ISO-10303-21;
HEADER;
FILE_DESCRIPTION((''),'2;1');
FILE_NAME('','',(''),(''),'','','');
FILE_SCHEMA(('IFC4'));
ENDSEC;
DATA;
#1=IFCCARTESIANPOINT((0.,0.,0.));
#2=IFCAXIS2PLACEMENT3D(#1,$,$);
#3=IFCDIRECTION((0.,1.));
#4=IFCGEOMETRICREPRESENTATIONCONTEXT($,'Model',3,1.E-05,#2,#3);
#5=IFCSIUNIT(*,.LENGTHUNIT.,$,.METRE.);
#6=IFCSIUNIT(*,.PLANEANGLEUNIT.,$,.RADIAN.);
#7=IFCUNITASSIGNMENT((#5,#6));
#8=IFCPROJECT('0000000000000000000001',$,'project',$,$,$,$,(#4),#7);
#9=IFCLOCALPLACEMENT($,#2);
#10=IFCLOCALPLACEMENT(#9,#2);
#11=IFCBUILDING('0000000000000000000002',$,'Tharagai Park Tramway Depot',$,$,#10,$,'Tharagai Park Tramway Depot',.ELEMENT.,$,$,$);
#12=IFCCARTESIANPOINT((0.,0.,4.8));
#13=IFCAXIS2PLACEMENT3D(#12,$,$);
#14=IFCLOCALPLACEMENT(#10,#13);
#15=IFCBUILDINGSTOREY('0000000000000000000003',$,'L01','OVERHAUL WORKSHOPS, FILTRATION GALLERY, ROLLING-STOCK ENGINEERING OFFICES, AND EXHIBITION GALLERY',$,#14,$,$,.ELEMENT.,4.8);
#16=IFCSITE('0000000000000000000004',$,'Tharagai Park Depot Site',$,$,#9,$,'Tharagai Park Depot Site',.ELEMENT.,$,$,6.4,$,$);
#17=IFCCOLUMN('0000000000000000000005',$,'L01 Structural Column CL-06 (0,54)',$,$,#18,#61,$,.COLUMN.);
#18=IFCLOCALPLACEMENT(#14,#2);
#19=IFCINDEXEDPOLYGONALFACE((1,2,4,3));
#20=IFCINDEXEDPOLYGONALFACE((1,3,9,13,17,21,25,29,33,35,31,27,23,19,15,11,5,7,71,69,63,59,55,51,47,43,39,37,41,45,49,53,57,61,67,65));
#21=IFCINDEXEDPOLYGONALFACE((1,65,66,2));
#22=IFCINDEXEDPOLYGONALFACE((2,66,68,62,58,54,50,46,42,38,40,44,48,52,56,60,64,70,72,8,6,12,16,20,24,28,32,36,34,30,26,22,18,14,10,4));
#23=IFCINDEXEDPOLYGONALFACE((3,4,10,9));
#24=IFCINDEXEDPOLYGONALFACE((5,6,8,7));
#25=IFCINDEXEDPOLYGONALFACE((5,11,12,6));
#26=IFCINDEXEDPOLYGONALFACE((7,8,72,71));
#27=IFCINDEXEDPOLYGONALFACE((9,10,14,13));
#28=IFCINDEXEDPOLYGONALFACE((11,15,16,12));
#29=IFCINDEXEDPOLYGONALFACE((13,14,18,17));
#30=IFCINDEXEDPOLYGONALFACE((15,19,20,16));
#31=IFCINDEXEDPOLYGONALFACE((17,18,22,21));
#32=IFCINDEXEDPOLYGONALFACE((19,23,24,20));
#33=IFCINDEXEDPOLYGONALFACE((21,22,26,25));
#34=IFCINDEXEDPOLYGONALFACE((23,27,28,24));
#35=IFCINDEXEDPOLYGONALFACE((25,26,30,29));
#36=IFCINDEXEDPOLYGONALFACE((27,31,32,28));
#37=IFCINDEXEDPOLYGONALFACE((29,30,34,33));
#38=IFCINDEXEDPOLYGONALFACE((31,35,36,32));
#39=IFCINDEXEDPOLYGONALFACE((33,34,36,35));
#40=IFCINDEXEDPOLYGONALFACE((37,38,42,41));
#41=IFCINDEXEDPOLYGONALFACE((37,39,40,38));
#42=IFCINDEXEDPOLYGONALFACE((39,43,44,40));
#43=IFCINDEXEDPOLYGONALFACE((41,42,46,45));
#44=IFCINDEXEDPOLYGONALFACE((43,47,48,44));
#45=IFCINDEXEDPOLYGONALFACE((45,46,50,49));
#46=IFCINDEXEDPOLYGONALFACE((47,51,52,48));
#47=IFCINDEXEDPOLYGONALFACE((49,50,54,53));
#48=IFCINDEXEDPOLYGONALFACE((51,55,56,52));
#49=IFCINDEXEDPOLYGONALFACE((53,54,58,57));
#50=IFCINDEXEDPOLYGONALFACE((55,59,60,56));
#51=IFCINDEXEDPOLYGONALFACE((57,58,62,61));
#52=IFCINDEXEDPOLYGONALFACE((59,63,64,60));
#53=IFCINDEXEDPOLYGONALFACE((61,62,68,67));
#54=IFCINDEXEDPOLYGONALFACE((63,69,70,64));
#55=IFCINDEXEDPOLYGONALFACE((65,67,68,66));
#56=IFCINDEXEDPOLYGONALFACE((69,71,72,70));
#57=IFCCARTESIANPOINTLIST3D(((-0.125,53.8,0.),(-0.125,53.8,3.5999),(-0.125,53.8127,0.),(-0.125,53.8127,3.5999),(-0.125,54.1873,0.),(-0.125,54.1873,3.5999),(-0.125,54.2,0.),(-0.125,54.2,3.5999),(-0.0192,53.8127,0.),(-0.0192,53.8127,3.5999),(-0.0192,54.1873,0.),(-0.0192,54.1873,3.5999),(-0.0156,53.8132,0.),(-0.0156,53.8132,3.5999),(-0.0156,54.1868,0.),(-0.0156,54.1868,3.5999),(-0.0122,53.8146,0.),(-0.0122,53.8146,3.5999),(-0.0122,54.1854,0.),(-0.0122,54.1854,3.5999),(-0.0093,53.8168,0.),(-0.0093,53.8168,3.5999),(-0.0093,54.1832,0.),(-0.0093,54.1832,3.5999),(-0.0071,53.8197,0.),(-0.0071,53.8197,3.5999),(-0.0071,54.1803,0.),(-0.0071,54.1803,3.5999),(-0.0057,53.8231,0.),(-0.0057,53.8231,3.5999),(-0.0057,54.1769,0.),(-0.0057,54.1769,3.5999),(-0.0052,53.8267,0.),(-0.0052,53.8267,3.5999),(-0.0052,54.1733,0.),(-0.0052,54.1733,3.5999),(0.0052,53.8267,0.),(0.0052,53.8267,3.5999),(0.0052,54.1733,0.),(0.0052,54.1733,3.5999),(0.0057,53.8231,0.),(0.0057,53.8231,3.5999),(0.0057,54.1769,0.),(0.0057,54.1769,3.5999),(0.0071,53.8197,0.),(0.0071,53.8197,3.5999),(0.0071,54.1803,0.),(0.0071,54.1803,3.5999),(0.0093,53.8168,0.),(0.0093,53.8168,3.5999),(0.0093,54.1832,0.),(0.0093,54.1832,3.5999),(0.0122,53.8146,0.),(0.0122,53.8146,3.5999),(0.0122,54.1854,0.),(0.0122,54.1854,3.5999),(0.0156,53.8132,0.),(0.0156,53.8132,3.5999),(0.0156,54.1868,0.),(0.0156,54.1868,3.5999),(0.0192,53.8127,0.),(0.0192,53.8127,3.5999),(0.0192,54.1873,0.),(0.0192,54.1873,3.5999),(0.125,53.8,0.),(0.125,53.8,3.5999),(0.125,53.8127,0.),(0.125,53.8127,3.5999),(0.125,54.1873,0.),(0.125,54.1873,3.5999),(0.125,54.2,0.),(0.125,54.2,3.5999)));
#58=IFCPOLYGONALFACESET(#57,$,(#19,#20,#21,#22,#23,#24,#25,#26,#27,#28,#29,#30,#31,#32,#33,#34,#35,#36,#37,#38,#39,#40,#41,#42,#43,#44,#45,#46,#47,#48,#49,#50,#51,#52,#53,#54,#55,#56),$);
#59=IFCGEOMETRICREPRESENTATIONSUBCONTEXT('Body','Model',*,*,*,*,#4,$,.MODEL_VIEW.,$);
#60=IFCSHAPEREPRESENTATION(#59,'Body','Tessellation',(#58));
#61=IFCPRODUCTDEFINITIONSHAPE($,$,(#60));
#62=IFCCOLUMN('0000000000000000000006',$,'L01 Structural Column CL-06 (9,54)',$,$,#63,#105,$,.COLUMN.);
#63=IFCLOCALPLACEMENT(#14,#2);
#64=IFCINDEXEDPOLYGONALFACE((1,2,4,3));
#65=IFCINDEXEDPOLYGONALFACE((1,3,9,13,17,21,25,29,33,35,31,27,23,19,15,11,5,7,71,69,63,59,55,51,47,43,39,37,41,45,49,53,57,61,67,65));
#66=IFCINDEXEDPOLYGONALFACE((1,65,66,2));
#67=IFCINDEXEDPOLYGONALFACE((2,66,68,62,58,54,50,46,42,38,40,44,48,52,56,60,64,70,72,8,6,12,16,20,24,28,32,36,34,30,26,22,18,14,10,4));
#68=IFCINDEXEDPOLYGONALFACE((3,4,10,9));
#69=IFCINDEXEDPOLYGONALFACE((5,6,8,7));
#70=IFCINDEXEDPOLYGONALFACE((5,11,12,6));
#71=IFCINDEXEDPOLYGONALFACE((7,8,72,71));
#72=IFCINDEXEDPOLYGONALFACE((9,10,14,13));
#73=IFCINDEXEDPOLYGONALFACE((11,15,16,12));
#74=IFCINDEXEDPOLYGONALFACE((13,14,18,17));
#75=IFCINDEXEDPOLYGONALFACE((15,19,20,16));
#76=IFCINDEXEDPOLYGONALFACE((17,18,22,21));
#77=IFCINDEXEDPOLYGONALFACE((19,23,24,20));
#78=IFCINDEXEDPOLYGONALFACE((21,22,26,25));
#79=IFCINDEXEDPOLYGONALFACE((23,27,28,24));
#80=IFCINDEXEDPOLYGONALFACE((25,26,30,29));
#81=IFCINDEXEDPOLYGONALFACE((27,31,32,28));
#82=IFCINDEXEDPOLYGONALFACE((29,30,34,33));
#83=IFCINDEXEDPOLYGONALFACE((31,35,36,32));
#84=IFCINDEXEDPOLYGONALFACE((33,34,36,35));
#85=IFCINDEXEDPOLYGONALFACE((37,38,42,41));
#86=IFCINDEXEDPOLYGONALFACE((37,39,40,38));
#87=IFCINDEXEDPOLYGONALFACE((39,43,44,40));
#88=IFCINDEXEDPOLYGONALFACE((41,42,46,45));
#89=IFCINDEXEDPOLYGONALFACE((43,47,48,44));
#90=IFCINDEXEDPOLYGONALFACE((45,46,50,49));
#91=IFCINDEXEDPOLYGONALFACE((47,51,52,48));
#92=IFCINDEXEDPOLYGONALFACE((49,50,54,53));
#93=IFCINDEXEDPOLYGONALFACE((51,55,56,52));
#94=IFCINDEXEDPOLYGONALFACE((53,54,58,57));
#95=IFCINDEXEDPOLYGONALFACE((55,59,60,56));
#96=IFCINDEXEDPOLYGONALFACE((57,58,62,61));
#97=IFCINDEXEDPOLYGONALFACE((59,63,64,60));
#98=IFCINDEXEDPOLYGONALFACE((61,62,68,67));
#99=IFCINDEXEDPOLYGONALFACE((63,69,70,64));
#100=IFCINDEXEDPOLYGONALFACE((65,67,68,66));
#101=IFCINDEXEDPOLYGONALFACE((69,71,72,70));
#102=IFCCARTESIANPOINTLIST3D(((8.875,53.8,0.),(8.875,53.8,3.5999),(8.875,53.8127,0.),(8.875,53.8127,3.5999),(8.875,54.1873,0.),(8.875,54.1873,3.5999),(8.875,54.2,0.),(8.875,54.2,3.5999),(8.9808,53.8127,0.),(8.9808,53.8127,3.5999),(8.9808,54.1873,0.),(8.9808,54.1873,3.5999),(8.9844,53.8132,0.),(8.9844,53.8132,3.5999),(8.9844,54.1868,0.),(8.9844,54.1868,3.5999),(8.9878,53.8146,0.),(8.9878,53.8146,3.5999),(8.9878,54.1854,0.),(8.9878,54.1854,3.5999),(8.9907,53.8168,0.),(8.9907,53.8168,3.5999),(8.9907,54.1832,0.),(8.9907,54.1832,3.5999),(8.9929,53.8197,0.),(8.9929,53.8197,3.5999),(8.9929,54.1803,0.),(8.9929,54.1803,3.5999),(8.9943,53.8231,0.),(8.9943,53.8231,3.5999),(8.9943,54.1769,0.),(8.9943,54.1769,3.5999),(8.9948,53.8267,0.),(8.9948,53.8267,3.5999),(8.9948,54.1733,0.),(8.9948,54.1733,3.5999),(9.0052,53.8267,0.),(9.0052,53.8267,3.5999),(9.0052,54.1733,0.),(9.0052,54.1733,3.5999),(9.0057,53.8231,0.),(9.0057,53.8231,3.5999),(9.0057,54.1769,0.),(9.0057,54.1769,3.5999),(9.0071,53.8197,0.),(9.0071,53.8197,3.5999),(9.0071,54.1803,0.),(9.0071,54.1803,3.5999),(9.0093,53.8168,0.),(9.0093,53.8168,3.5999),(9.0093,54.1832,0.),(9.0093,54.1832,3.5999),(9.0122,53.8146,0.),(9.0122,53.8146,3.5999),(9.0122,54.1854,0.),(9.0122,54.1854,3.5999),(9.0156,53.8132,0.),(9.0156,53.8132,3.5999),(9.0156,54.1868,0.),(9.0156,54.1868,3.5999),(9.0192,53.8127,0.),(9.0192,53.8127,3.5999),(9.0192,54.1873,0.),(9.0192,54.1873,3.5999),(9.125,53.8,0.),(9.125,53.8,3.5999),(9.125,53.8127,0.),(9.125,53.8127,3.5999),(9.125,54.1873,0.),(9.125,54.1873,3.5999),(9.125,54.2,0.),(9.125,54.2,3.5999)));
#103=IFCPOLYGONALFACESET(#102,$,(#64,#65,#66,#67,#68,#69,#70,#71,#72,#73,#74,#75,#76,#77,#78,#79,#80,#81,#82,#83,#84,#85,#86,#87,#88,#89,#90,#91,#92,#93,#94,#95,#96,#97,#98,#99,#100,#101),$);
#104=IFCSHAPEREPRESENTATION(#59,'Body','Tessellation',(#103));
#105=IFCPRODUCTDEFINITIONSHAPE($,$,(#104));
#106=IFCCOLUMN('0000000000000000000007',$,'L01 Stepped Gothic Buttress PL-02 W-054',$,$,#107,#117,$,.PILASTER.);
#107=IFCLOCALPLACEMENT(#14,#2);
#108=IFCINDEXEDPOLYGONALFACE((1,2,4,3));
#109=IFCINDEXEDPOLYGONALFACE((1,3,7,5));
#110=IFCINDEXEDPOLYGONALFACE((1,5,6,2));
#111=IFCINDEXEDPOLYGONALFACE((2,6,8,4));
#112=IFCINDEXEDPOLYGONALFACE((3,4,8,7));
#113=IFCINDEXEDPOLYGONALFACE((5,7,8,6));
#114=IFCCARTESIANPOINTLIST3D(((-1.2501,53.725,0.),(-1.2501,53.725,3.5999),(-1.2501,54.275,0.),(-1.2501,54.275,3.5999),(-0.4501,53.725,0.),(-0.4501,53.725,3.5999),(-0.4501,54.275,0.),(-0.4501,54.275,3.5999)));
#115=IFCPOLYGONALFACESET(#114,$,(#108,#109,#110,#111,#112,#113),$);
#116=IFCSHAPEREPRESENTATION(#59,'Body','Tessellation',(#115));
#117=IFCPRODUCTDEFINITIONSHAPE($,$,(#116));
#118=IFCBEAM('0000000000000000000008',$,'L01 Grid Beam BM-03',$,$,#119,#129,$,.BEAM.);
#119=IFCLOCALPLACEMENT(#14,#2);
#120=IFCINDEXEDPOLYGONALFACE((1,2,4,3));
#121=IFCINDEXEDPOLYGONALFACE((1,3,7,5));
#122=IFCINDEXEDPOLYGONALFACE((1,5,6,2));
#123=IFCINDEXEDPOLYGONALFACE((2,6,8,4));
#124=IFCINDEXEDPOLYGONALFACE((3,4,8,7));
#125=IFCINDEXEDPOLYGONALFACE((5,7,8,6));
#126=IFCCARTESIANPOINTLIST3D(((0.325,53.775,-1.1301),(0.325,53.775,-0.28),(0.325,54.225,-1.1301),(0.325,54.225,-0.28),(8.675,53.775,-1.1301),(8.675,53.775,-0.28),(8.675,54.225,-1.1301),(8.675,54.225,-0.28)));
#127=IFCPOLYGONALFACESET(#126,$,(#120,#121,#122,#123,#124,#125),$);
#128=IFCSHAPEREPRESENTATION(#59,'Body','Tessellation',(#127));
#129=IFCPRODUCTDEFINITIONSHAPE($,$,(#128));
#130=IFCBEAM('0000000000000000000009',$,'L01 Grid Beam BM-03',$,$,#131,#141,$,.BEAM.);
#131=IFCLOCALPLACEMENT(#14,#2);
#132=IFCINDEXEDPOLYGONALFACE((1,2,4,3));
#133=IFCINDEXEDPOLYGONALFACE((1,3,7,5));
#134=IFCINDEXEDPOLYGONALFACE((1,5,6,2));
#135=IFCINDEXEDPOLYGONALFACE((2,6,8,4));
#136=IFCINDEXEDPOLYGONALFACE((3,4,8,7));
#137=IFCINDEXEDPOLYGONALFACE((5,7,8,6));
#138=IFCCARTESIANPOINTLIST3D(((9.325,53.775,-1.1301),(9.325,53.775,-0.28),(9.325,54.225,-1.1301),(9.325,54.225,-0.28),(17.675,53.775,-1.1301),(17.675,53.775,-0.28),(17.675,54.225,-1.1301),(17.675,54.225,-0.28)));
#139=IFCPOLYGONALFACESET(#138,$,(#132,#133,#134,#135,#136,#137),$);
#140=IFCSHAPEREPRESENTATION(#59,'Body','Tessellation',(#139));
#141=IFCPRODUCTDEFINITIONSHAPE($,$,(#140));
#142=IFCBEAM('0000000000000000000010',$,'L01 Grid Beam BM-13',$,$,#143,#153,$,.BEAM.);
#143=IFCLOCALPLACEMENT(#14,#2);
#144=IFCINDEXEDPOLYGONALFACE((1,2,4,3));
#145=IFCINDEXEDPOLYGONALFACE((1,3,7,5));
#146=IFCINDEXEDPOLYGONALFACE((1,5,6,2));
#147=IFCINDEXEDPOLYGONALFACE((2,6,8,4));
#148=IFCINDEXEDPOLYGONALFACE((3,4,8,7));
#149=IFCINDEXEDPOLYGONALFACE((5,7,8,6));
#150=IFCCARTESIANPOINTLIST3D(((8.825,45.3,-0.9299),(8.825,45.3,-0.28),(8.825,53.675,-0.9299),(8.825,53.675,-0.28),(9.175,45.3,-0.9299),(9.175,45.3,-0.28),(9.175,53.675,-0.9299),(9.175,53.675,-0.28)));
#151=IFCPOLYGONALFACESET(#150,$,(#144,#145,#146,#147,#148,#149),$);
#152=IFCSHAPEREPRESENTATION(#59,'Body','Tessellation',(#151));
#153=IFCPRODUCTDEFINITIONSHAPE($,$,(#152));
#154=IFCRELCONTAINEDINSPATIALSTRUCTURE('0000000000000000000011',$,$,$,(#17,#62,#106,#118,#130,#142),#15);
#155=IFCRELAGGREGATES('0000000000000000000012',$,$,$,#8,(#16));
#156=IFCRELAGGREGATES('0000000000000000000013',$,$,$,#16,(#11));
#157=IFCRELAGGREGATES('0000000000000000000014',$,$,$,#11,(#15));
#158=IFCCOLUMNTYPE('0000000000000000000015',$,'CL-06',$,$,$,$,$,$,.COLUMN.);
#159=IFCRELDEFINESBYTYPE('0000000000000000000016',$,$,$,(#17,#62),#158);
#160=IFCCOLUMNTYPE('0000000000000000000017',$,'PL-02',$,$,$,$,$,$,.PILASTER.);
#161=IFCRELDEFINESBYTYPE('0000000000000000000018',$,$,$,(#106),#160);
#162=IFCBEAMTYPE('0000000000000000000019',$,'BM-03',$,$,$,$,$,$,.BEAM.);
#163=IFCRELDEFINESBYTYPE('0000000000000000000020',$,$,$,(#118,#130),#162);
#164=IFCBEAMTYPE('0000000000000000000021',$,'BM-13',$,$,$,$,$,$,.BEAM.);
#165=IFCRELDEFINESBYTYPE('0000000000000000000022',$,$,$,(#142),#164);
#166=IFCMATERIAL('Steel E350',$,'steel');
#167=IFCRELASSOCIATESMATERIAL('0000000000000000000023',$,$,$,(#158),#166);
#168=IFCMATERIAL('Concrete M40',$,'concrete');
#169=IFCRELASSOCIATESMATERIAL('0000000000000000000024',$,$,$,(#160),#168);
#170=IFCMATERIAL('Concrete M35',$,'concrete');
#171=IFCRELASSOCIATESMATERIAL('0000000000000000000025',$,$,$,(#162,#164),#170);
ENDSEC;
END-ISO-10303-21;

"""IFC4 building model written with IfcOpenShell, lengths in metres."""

from ifc_helpers import new_model, si_unit, direction, frame, origin, origin_2d, place, context, subcontext, project, spatial, rectangle, i_section, extrude, material, material_profile, profile_set, type_object, element, save


model = new_model("IFC4")

# Units and contexts
model_context = context("Model", 3, precision=1e-05, world=origin(), true_north=direction((0.0, 1.0)))
body_context = subcontext(model_context, "Body", "Model", "MODEL_VIEW")
ifc_project = project(units=[si_unit("LENGTHUNIT", "METRE"), si_unit("PLANEANGLEUNIT", "RADIAN")], contexts=[model_context])

# Site, building, storey
site_placement = place(None, origin())
site = spatial("IfcSite", under=ifc_project, at=site_placement, Name="Tharagai Park Depot Site", LongName="Tharagai Park Depot Site", CompositionType="ELEMENT", RefElevation=6.4)
building_placement = place(site_placement, origin())
building = spatial("IfcBuilding", under=site, at=building_placement, Name="Tharagai Park Tramway Depot", LongName="Tharagai Park Tramway Depot", CompositionType="ELEMENT")
storey_placement = place(building_placement, frame((0.0, 0.0, 4.8)))
storey = spatial("IfcBuildingStorey", under=building, at=storey_placement, Name="L01", Description="OVERHAUL WORKSHOPS, FILTRATION GALLERY, ROLLING-STOCK ENGINEERING OFFICES, AND EXHIBITION GALLERY", CompositionType="ELEMENT", Elevation=4.8)

# Columns
ifc_material_1 = material(Name="Steel E350", Category="steel")
ifc_material_profile_1 = material_profile(ifc_material_1, i_section(OverallWidth=0.25, OverallDepth=0.3999, WebThickness=0.0105, FlangeThickness=0.0127, FilletRadius=0.0139, at=origin_2d()), Name="ISHB 400")
ifc_profile_set_1 = profile_set([ifc_material_profile_1], Name="Steel E350")
column_type_1 = type_object("IfcColumnType", Name="CL-06", PredefinedType="COLUMN", material=ifc_profile_set_1)
for number, where, z_axis, x_axis, name in (
    (1, (0.0, 54.0, 0.0), (0.0, 0.0, 1.0), (1.0, 0.0, 0.0), "L01 Structural Column CL-06 (0,54)"),
    (2, (9.0, 54.0, 0.0), (0.0, 0.0, 1.0), (1.0, 0.0, 0.0), "L01 Structural Column CL-06 (9,54)"),
):
    element("IfcColumn", number, at=place(storey_placement, frame(where, z_axis=z_axis, x_axis=x_axis)), inside=storey, type_object=column_type_1, Name=name, PredefinedType="COLUMN", context=body_context, shape_type="SweptSolid", body=[
        extrude(i_section(OverallWidth=0.25, OverallDepth=0.3999, WebThickness=0.0105, FlangeThickness=0.0127, FilletRadius=0.0139, at=origin_2d()), origin(), (0.0, 0.0, 1.0), 3.5999),
    ])
ifc_material_2 = material(Name="Concrete M40", Category="concrete")
ifc_material_profile_2 = material_profile(ifc_material_2, rectangle(XDim=0.55, YDim=0.8, at=origin_2d()), Name="RC 550x800")
ifc_profile_set_2 = profile_set([ifc_material_profile_2], Name="Concrete M40")
column_type_2 = type_object("IfcColumnType", Name="PL-02", PredefinedType="PILASTER", material=ifc_profile_set_2)
column_placement = place(storey_placement, frame((-0.8501, 54.0, 0.0), z_axis=(0.0, 0.0, 1.0), x_axis=(0.0, 1.0, 0.0)))
element("IfcColumn", 3, at=column_placement, inside=storey, type_object=column_type_2, Name="L01 Stepped Gothic Buttress PL-02 W-054", PredefinedType="PILASTER", context=body_context, shape_type="SweptSolid", body=[
    extrude(rectangle(XDim=0.55, YDim=0.8, at=origin_2d()), origin(), (0.0, 0.0, 1.0), 3.5999),
])

# Beams
ifc_material_3 = material(Name="Concrete M35", Category="concrete")
ifc_material_profile_3 = material_profile(ifc_material_3, rectangle(XDim=0.45, YDim=0.8501, at=origin_2d()), Name="RC 450x850")
ifc_profile_set_3 = profile_set([ifc_material_profile_3], Name="Concrete M35")
beam_type_1 = type_object("IfcBeamType", Name="BM-03", PredefinedType="BEAM", material=ifc_profile_set_3)
for number, where, z_axis, x_axis, name in (
    (4, (0.325, 54.0, -0.7051), (1.0, 0.0, 0.0), (0.0, 1.0, 0.0), "L01 Grid Beam BM-03"),
    (5, (9.325, 54.0, -0.7051), (1.0, 0.0, 0.0), (0.0, 1.0, 0.0), "L01 Grid Beam BM-03"),
):
    element("IfcBeam", number, at=place(storey_placement, frame(where, z_axis=z_axis, x_axis=x_axis)), inside=storey, type_object=beam_type_1, Name=name, PredefinedType="BEAM", context=body_context, shape_type="SweptSolid", body=[
        extrude(rectangle(XDim=0.45, YDim=0.8501, at=origin_2d()), origin(), (0.0, 0.0, 1.0), 8.3501),
    ])
ifc_material_profile_4 = material_profile(ifc_material_3, rectangle(XDim=0.3501, YDim=0.6499, at=origin_2d()), Name="RC 350x650")
ifc_profile_set_4 = profile_set([ifc_material_profile_4], Name="Concrete M35")
beam_type_2 = type_object("IfcBeamType", Name="BM-13", PredefinedType="BEAM", material=ifc_profile_set_4)
beam_1_placement = place(storey_placement, frame((9.0, 45.3, -0.605), z_axis=(0.0, 1.0, 0.0), x_axis=(-1.0, 0.0, 0.0)))
element("IfcBeam", 6, at=beam_1_placement, inside=storey, type_object=beam_type_2, Name="L01 Grid Beam BM-13", PredefinedType="BEAM", context=body_context, shape_type="SweptSolid", body=[
    extrude(rectangle(XDim=0.3501, YDim=0.6499, at=origin_2d()), origin(), (0.0, 0.0, 1.0), 8.375),
])

save(model, "model.ifc")
